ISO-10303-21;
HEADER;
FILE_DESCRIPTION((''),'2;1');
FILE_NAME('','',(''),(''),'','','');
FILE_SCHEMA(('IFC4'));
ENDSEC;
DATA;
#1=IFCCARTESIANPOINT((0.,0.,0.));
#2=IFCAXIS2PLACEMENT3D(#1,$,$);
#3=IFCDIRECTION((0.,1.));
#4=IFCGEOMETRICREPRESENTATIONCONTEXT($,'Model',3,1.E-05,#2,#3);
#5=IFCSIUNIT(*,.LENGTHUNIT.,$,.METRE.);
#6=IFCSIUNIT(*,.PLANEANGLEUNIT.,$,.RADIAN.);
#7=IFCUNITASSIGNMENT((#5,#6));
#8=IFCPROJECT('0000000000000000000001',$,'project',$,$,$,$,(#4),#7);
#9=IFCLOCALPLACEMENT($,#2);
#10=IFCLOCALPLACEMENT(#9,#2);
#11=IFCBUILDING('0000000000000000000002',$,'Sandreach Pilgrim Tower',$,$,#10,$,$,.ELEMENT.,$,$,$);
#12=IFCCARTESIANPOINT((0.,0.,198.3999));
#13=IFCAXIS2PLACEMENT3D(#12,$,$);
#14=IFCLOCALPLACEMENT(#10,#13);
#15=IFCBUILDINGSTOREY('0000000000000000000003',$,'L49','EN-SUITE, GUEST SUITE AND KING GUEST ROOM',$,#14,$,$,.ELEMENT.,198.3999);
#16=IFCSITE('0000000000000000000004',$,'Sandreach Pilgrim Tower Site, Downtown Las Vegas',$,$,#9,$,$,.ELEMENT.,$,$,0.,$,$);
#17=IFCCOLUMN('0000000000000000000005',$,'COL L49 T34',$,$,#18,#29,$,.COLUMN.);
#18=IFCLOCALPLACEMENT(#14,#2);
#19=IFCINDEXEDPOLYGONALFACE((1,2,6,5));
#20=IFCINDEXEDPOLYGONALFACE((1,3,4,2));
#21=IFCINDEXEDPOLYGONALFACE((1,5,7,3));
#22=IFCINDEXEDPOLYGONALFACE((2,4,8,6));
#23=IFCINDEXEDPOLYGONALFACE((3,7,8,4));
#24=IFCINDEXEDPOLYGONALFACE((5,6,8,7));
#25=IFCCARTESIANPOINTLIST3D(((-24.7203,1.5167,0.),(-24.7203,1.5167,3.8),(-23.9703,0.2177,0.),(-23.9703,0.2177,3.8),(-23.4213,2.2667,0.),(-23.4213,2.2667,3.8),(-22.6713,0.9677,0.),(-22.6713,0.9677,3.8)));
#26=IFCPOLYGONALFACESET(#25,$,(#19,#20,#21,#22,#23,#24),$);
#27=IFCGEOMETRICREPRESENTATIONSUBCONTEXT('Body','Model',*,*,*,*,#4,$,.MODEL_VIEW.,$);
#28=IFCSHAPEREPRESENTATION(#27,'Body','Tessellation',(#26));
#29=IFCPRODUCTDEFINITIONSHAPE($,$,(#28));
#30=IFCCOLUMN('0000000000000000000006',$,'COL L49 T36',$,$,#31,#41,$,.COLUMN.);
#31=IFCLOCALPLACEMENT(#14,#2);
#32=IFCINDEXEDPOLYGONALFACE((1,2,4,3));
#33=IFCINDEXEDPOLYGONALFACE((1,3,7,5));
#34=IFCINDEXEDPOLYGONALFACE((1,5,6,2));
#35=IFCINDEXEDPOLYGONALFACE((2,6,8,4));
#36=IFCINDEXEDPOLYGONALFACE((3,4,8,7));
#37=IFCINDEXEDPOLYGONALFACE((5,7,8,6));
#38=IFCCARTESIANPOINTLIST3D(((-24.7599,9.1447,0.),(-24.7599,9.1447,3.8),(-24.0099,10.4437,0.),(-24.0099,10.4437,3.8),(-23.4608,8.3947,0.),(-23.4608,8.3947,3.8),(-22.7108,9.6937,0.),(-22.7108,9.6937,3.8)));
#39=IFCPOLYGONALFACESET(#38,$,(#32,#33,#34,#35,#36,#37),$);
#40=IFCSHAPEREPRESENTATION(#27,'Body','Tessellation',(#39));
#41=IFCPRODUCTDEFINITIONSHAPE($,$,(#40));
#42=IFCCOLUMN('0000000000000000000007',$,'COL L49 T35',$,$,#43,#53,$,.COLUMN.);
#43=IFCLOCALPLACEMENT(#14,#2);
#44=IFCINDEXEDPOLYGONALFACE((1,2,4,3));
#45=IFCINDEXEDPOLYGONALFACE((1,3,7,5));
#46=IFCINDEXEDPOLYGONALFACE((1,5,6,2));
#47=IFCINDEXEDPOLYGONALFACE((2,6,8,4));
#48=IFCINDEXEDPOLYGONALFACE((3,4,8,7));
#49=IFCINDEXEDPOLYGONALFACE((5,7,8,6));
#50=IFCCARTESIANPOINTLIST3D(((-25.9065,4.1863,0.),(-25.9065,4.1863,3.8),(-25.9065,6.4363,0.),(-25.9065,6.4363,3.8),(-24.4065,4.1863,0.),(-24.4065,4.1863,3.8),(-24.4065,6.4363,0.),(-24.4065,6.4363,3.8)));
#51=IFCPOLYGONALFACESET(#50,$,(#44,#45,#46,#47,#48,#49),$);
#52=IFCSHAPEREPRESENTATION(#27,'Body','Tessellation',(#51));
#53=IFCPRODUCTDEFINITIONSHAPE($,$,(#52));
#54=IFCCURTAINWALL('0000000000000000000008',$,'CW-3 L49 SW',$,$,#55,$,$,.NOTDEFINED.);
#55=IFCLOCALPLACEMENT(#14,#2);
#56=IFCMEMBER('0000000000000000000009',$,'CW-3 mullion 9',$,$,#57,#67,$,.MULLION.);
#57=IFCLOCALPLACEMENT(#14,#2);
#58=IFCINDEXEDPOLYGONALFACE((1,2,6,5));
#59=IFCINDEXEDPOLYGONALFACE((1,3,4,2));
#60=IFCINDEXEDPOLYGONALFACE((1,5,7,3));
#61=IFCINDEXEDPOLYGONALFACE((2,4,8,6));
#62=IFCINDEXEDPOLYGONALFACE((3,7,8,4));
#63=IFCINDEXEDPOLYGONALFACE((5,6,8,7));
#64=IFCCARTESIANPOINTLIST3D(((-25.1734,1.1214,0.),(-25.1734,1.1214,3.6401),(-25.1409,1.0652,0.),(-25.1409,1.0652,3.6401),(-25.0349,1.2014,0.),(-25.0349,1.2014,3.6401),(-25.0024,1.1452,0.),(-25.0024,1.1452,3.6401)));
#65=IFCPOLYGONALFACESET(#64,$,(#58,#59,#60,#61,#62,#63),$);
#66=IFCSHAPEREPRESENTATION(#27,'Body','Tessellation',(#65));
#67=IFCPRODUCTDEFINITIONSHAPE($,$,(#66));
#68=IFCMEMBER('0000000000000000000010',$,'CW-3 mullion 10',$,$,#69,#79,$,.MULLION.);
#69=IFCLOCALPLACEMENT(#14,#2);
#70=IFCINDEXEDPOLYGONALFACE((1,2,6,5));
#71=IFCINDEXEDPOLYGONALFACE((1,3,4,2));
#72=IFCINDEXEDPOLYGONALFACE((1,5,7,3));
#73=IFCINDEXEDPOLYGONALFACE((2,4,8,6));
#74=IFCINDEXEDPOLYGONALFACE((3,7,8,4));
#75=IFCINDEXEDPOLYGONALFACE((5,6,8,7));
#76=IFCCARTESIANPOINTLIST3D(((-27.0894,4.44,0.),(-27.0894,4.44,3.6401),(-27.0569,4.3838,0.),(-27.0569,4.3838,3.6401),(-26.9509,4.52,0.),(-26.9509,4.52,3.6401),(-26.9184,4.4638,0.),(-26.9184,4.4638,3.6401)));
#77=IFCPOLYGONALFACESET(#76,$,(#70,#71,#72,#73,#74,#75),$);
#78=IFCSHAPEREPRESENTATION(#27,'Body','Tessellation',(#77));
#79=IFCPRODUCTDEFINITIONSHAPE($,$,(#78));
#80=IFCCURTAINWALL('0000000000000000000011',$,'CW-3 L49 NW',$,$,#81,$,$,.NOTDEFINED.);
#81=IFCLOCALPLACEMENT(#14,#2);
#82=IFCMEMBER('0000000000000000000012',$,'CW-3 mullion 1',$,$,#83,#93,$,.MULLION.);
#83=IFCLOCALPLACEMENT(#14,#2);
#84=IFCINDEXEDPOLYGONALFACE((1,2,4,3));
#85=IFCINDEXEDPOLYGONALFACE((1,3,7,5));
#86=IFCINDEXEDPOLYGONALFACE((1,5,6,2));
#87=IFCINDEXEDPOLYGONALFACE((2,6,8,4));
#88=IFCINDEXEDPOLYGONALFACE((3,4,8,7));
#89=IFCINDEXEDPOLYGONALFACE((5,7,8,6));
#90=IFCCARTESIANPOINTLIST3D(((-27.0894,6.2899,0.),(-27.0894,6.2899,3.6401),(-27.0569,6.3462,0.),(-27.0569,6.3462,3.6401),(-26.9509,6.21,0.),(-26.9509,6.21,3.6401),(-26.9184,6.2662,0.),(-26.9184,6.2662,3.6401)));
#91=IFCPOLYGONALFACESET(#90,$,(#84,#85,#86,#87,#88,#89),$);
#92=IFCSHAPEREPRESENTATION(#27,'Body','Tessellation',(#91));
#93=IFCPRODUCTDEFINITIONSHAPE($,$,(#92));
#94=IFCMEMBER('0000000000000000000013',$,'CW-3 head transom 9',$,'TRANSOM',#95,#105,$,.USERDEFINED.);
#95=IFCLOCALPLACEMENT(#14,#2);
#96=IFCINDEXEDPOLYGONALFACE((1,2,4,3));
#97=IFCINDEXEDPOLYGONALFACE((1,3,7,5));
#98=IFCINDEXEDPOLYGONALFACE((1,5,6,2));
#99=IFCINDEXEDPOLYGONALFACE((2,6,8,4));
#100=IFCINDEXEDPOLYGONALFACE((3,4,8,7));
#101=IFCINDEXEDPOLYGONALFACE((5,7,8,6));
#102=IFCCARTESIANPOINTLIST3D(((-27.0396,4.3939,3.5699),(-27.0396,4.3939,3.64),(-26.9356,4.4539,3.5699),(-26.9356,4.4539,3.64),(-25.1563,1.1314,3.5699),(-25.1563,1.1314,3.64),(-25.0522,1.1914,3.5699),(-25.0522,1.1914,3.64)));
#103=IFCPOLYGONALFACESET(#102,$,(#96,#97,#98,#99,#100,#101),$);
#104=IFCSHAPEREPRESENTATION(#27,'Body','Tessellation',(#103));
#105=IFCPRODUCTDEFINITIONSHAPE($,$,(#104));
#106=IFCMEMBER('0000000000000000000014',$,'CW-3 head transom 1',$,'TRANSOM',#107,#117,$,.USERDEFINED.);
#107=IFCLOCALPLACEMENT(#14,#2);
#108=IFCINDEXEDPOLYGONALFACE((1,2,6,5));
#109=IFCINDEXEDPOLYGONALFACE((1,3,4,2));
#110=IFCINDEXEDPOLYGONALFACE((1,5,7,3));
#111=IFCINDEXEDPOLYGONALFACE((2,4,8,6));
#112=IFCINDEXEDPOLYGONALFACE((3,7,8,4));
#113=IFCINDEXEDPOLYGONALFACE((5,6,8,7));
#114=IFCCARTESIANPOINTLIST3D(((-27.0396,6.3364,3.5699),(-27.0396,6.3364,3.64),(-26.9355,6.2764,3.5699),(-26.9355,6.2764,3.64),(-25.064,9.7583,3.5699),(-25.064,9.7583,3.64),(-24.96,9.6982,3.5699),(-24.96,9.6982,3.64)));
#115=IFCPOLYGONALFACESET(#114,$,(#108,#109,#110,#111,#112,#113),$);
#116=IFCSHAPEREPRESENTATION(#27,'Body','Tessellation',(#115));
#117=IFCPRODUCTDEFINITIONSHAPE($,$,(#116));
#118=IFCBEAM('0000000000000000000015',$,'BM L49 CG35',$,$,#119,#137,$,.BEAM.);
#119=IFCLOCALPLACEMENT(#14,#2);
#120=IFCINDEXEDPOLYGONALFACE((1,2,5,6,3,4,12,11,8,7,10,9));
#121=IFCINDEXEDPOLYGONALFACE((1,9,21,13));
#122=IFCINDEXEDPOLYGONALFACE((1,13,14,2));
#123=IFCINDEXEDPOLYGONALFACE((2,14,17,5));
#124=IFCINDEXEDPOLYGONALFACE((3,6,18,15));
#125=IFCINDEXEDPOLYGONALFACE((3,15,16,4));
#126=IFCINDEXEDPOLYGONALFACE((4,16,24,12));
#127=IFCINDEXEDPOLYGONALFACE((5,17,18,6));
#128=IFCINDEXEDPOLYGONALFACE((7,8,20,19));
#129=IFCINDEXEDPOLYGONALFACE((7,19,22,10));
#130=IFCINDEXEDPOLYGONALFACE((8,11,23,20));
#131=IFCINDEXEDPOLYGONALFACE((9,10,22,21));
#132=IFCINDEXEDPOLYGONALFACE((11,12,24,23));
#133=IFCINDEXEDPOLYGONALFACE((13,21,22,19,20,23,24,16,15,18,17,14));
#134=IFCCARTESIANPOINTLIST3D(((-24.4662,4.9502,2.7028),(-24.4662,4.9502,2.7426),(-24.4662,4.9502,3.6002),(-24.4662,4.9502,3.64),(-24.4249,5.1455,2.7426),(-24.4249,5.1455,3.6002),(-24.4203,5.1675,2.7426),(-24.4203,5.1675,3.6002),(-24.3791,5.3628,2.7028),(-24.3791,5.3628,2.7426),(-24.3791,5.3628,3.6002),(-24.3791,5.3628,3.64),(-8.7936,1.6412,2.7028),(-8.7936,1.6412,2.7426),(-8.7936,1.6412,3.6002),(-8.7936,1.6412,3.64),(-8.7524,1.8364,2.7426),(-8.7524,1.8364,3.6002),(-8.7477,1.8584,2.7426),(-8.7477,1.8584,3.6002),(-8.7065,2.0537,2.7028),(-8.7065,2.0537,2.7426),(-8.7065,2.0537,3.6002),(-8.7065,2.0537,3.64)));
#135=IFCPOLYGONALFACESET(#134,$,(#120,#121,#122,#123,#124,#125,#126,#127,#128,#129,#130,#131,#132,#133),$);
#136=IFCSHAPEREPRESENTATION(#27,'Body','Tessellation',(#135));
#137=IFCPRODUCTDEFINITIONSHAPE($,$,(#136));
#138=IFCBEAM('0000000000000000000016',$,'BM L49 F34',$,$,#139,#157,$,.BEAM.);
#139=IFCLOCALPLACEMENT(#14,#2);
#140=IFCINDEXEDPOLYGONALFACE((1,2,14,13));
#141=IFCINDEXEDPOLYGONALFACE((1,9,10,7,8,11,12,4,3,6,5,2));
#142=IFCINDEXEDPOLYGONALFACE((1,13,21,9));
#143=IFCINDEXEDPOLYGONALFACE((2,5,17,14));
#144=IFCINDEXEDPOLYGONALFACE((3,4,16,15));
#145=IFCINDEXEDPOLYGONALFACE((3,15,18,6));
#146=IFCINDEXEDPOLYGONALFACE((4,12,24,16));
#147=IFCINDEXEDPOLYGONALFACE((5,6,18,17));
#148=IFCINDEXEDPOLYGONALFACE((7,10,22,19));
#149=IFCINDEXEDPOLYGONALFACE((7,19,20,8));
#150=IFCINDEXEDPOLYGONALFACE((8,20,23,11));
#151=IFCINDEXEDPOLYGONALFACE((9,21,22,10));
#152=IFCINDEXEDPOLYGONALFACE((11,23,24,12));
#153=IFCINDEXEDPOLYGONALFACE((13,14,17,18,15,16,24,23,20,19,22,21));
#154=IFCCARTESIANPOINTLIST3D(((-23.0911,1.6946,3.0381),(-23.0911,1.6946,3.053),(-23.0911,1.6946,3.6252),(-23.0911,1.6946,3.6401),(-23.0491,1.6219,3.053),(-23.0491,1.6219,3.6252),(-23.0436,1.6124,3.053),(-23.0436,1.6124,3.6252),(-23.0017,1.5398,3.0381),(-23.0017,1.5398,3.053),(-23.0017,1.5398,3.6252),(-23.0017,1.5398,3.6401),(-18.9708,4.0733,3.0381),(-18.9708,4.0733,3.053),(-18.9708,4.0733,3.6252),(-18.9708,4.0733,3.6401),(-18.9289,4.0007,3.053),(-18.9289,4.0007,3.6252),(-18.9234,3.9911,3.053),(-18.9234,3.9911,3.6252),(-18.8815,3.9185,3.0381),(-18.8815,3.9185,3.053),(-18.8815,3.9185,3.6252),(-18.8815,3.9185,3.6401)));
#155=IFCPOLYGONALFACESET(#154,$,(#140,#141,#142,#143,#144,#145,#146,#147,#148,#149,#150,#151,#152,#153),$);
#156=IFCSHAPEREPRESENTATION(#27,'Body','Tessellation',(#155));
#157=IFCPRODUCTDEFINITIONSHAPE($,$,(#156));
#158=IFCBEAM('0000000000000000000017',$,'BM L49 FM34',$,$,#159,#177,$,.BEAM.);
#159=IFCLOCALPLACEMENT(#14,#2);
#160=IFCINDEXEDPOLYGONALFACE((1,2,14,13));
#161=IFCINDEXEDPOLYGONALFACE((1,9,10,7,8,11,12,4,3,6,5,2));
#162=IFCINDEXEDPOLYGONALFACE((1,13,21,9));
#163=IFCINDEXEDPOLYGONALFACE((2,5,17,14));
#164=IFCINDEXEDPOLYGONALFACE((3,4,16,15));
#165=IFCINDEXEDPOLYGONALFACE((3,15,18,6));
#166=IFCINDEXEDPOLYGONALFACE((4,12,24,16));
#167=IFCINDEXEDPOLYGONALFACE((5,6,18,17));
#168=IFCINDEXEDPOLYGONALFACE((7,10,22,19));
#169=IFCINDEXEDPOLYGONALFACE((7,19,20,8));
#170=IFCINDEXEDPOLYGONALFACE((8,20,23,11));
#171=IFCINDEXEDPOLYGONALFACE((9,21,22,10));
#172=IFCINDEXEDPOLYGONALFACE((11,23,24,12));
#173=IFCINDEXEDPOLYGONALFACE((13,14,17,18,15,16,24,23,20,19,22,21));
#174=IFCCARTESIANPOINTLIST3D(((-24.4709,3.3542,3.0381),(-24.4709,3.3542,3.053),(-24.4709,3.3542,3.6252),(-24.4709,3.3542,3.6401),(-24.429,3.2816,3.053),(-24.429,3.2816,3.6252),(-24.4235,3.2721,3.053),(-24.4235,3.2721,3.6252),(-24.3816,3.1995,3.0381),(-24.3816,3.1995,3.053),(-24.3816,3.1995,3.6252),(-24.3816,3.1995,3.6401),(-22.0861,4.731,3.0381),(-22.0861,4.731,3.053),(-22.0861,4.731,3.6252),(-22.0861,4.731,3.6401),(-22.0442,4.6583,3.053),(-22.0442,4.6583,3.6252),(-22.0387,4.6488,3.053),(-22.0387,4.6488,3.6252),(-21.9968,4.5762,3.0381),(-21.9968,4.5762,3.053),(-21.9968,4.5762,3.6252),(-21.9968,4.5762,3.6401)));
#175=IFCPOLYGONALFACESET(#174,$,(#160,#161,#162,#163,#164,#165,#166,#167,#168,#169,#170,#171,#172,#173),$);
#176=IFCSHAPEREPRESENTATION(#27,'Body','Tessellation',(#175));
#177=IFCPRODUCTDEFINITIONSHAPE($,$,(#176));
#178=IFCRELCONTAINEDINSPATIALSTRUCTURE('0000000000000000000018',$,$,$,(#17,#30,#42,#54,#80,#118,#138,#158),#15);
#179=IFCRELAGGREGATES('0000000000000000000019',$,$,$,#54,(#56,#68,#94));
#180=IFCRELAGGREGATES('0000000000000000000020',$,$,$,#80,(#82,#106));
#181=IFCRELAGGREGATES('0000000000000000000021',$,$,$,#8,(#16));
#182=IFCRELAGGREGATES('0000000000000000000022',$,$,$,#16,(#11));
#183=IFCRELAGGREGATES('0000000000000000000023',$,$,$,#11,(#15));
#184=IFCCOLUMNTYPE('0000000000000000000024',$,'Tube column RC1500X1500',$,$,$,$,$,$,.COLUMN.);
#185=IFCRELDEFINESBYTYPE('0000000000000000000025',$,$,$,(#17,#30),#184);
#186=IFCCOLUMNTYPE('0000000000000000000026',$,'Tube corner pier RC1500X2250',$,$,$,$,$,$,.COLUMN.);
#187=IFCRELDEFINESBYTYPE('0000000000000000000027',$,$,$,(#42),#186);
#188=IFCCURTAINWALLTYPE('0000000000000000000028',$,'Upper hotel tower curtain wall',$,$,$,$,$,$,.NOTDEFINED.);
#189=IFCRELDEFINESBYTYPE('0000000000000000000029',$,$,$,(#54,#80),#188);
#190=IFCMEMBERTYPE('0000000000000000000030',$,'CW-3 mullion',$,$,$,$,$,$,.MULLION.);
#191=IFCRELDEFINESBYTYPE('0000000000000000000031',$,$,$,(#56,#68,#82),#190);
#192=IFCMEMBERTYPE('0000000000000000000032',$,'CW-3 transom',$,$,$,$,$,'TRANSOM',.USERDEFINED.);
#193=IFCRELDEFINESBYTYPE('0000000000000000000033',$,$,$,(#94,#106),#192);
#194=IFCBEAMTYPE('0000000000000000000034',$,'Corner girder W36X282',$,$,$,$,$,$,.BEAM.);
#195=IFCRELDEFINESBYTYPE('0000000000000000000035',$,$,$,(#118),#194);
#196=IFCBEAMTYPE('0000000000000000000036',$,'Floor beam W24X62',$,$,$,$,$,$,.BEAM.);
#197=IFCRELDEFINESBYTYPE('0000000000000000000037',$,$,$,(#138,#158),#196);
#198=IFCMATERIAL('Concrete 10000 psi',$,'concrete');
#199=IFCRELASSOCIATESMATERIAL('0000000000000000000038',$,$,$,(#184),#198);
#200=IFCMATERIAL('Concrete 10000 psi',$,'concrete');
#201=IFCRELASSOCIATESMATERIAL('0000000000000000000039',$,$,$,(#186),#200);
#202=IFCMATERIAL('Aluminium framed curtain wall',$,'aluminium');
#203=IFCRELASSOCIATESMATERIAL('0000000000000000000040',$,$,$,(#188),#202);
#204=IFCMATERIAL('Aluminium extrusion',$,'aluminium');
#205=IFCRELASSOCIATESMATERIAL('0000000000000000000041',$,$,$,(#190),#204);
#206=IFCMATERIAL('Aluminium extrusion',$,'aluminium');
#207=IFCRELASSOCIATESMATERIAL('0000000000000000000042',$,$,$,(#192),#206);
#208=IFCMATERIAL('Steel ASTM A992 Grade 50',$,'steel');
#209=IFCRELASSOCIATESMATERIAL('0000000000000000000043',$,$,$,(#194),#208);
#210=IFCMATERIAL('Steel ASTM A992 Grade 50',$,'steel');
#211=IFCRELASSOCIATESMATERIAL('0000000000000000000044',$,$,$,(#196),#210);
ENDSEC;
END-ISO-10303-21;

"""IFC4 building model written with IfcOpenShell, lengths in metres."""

from ifc_helpers import new_model, si_unit, direction, frame, origin, origin_2d, place, context, subcontext, project, spatial, rectangle, i_section, extrude, material, material_profile, profile_set, type_object, element, aggregate, save


model = new_model("IFC4")

# Units and contexts
model_context = context("Model", 3, precision=1e-05, world=origin(), true_north=direction((0.0, 1.0)))
body_context = subcontext(model_context, "Body", "Model", "MODEL_VIEW")
ifc_project = project(units=[si_unit("LENGTHUNIT", "METRE"), si_unit("PLANEANGLEUNIT", "RADIAN")], contexts=[model_context])

# Site, building, storey
site_placement = place(None, origin())
site = spatial("IfcSite", under=ifc_project, at=site_placement, Name="Sandreach Pilgrim Tower Site, Downtown Las Vegas", CompositionType="ELEMENT", RefElevation=0.0)
building_placement = place(site_placement, origin())
building = spatial("IfcBuilding", under=site, at=building_placement, Name="Sandreach Pilgrim Tower", CompositionType="ELEMENT")
storey_placement = place(building_placement, frame((0.0, 0.0, 198.3999)))
storey = spatial("IfcBuildingStorey", under=building, at=storey_placement, Name="L49", Description="EN-SUITE, GUEST SUITE AND KING GUEST ROOM", CompositionType="ELEMENT", Elevation=198.3999)

# Columns
ifc_material_1 = material(Name="Concrete 10000 psi", Category="concrete")
ifc_material_profile_1 = material_profile(ifc_material_1, rectangle(XDim=1.5, YDim=1.5, at=origin_2d()), Name="RC1500X1500")
ifc_profile_set_1 = profile_set([ifc_material_profile_1], Name="Concrete 10000 psi")
column_type_1 = type_object("IfcColumnType", Name="Tube column RC1500X1500", PredefinedType="COLUMN", material=ifc_profile_set_1)
for number, where, z_axis, x_axis, name in (
    (1, (-23.6958, 1.2422, 0.0), (0.0, 0.0, 1.0), (-0.866025, -0.5, 0.0), "COL L49 T34"),
    (2, (-23.7354, 9.4192, 0.0), (0.0, 0.0, 1.0), (-0.866025, 0.5, 0.0), "COL L49 T36"),
):
    element("IfcColumn", number, at=place(storey_placement, frame(where, z_axis=z_axis, x_axis=x_axis)), inside=storey, type_object=column_type_1, Name=name, PredefinedType="COLUMN", context=body_context, shape_type="SweptSolid", body=[
        extrude(rectangle(XDim=1.5, YDim=1.5, at=origin_2d()), origin(), (0.0, 0.0, 1.0), 3.8),
    ])
ifc_material_2 = material(Name="Concrete 10000 psi", Category="concrete")
ifc_material_profile_2 = material_profile(ifc_material_2, rectangle(XDim=1.5, YDim=2.25, at=origin_2d()), Name="RC1500X2250")
ifc_profile_set_2 = profile_set([ifc_material_profile_2], Name="Concrete 10000 psi")
column_type_2 = type_object("IfcColumnType", Name="Tube corner pier RC1500X2250", PredefinedType="COLUMN", material=ifc_profile_set_2)
column_placement = place(storey_placement, frame((-25.1565, 5.3113, 0.0), z_axis=(0.0, 0.0, 1.0), x_axis=(-1.0, 0.0, 0.0)))
element("IfcColumn", 3, at=column_placement, inside=storey, type_object=column_type_2, Name="COL L49 T35", PredefinedType="COLUMN", context=body_context, shape_type="SweptSolid", body=[
    extrude(rectangle(XDim=1.5, YDim=2.25, at=origin_2d()), origin(), (0.0, 0.0, 1.0), 3.8),
])

# Curtain wall, members
ifc_material_3 = material(Name="Aluminium framed curtain wall", Category="aluminium")
curtain_wall_type = type_object("IfcCurtainWallType", Name="Upper hotel tower curtain wall", PredefinedType="NOTDEFINED", material=ifc_material_3)
curtain_wall_1_placement = place(storey_placement, origin())
curtain_wall_1 = element("IfcCurtainWall", 4, at=curtain_wall_1_placement, inside=storey, type_object=curtain_wall_type, Name="CW-3 L49 SW", PredefinedType="NOTDEFINED")
ifc_material_4 = material(Name="Aluminium extrusion", Category="aluminium")
ifc_material_profile_3 = material_profile(ifc_material_4, rectangle(XDim=0.0649, YDim=0.1599, at=origin_2d()), Name="CW-3M 65X160")
ifc_profile_set_3 = profile_set([ifc_material_profile_3], Name="Aluminium extrusion")
member_type_1 = type_object("IfcMemberType", Name="CW-3 mullion", PredefinedType="MULLION", material=ifc_profile_set_3)
member_1_placement = place(storey_placement, frame((-25.0879, 1.1333, 0.0), z_axis=(0.0, 0.0, 1.0), x_axis=(-0.5, 0.866025, 0.0)))
member_1 = element("IfcMember", 5, at=member_1_placement, type_object=member_type_1, Name="CW-3 mullion 9", PredefinedType="MULLION", context=body_context, shape_type="SweptSolid", body=[
    extrude(rectangle(XDim=0.0649, YDim=0.1599, at=origin_2d()), origin(), (0.0, 0.0, 1.0), 3.6401),
])
member_2_placement = place(storey_placement, frame((-27.0039, 4.4519, 0.0), z_axis=(0.0, 0.0, 1.0), x_axis=(-0.5, 0.866025, 0.0)))
member_2 = element("IfcMember", 6, at=member_2_placement, type_object=member_type_1, Name="CW-3 mullion 10", PredefinedType="MULLION", context=body_context, shape_type="SweptSolid", body=[
    extrude(rectangle(XDim=0.0649, YDim=0.1599, at=origin_2d()), origin(), (0.0, 0.0, 1.0), 3.6401),
])

# Curtain wall, member
curtain_wall_2_placement = place(storey_placement, origin())
curtain_wall_2 = element("IfcCurtainWall", 7, at=curtain_wall_2_placement, inside=storey, type_object=curtain_wall_type, Name="CW-3 L49 NW", PredefinedType="NOTDEFINED")
member_3_placement = place(storey_placement, frame((-27.0039, 6.2781, 0.0), z_axis=(0.0, 0.0, 1.0), x_axis=(0.5, 0.866025, 0.0)))
member_3 = element("IfcMember", 8, at=member_3_placement, type_object=member_type_1, Name="CW-3 mullion 1", PredefinedType="MULLION", context=body_context, shape_type="SweptSolid", body=[
    extrude(rectangle(XDim=0.0649, YDim=0.1599, at=origin_2d()), origin(), (0.0, 0.0, 1.0), 3.6401),
])

# Members
ifc_material_5 = material(Name="Aluminium extrusion", Category="aluminium")
ifc_material_profile_4 = material_profile(ifc_material_5, rectangle(XDim=0.1201, YDim=0.0701, at=origin_2d()), Name="CW-3T 120X70")
ifc_profile_set_4 = profile_set([ifc_material_profile_4], Name="Aluminium extrusion")
member_type_2 = type_object("IfcMemberType", Name="CW-3 transom", ElementType="TRANSOM", PredefinedType="USERDEFINED", material=ifc_profile_set_4)
member_4_placement = place(storey_placement, frame((-25.1042, 1.1614, 3.605), z_axis=(-0.499945, 0.866057, 0.0), x_axis=(-0.866057, -0.499945, 0.0)))
member_4 = element("IfcMember", 9, at=member_4_placement, type_object=member_type_2, Name="CW-3 head transom 9", ObjectType="TRANSOM", PredefinedType="USERDEFINED", context=body_context, shape_type="SweptSolid", body=[
    extrude(rectangle(XDim=0.1201, YDim=0.0701, at=origin_2d()), origin(), (0.0, 0.0, 1.0), 3.7671),
])
member_5_placement = place(storey_placement, frame((-26.9875, 6.3064, 3.605), z_axis=(0.499993, 0.866029, 0.0), x_axis=(-0.866029, 0.499993, 0.0)))
member_5 = element("IfcMember", 10, at=member_5_placement, type_object=member_type_2, Name="CW-3 head transom 1", ObjectType="TRANSOM", PredefinedType="USERDEFINED", context=body_context, shape_type="SweptSolid", body=[
    extrude(rectangle(XDim=0.1201, YDim=0.0701, at=origin_2d()), origin(), (0.0, 0.0, 1.0), 3.9512),
])

# Beams
ifc_material_6 = material(Name="Steel ASTM A992 Grade 50", Category="steel")
ifc_material_profile_5 = material_profile(ifc_material_6, i_section(OverallWidth=0.4216, OverallDepth=0.9373, WebThickness=0.0225, FlangeThickness=0.0398, at=origin_2d()), Name="W36X282")
ifc_profile_set_5 = profile_set([ifc_material_profile_5], Name="Steel ASTM A992 Grade 50")
beam_type_1 = type_object("IfcBeamType", Name="Corner girder W36X282", PredefinedType="BEAM", material=ifc_profile_set_5)
beam_1_placement = place(storey_placement, frame((-24.4226, 5.1565, 3.1714), z_axis=(0.978429, -0.206583, 0.0), x_axis=(0.206583, 0.978429, 0.0)))
element("IfcBeam", 11, at=beam_1_placement, inside=storey, type_object=beam_type_1, Name="BM L49 CG35", PredefinedType="BEAM", context=body_context, shape_type="SweptSolid", body=[
    extrude(i_section(OverallWidth=0.4216, OverallDepth=0.9373, WebThickness=0.0225, FlangeThickness=0.0398, at=origin_2d()), origin(), (0.0, 0.0, 1.0), 16.0181),
])
ifc_material_7 = material(Name="Steel ASTM A992 Grade 50", Category="steel")
ifc_material_profile_6 = material_profile(ifc_material_7, i_section(OverallWidth=0.1787, OverallDepth=0.6021, WebThickness=0.011, FlangeThickness=0.0149, at=origin_2d()), Name="W24X62")
ifc_profile_set_6 = profile_set([ifc_material_profile_6], Name="Steel ASTM A992 Grade 50")
beam_type_2 = type_object("IfcBeamType", Name="Floor beam W24X62", PredefinedType="BEAM", material=ifc_profile_set_6)
beam_2_placement = place(storey_placement, frame((-23.0464, 1.6172, 3.3391), z_axis=(0.866033, 0.499986, 0.0), x_axis=(-0.499986, 0.866033, 0.0)))
element("IfcBeam", 12, at=beam_2_placement, inside=storey, type_object=beam_type_2, Name="BM L49 F34", PredefinedType="BEAM", context=body_context, shape_type="SweptSolid", body=[
    extrude(i_section(OverallWidth=0.1787, OverallDepth=0.6021, WebThickness=0.011, FlangeThickness=0.0149, at=origin_2d()), origin(), (0.0, 0.0, 1.0), 4.7576),
])
beam_3_placement = place(storey_placement, frame((-24.4263, 3.2769, 3.3391), z_axis=(0.866047, 0.499963, 0.0), x_axis=(-0.499963, 0.866047, 0.0)))
element("IfcBeam", 13, at=beam_3_placement, inside=storey, type_object=beam_type_2, Name="BM L49 FM34", PredefinedType="BEAM", context=body_context, shape_type="SweptSolid", body=[
    extrude(i_section(OverallWidth=0.1787, OverallDepth=0.6021, WebThickness=0.011, FlangeThickness=0.0149, at=origin_2d()), origin(), (0.0, 0.0, 1.0), 2.7537),
])

aggregate(curtain_wall_1, [member_1, member_2, member_4])
aggregate(curtain_wall_2, [member_3, member_5])

save(model, "model.ifc")
